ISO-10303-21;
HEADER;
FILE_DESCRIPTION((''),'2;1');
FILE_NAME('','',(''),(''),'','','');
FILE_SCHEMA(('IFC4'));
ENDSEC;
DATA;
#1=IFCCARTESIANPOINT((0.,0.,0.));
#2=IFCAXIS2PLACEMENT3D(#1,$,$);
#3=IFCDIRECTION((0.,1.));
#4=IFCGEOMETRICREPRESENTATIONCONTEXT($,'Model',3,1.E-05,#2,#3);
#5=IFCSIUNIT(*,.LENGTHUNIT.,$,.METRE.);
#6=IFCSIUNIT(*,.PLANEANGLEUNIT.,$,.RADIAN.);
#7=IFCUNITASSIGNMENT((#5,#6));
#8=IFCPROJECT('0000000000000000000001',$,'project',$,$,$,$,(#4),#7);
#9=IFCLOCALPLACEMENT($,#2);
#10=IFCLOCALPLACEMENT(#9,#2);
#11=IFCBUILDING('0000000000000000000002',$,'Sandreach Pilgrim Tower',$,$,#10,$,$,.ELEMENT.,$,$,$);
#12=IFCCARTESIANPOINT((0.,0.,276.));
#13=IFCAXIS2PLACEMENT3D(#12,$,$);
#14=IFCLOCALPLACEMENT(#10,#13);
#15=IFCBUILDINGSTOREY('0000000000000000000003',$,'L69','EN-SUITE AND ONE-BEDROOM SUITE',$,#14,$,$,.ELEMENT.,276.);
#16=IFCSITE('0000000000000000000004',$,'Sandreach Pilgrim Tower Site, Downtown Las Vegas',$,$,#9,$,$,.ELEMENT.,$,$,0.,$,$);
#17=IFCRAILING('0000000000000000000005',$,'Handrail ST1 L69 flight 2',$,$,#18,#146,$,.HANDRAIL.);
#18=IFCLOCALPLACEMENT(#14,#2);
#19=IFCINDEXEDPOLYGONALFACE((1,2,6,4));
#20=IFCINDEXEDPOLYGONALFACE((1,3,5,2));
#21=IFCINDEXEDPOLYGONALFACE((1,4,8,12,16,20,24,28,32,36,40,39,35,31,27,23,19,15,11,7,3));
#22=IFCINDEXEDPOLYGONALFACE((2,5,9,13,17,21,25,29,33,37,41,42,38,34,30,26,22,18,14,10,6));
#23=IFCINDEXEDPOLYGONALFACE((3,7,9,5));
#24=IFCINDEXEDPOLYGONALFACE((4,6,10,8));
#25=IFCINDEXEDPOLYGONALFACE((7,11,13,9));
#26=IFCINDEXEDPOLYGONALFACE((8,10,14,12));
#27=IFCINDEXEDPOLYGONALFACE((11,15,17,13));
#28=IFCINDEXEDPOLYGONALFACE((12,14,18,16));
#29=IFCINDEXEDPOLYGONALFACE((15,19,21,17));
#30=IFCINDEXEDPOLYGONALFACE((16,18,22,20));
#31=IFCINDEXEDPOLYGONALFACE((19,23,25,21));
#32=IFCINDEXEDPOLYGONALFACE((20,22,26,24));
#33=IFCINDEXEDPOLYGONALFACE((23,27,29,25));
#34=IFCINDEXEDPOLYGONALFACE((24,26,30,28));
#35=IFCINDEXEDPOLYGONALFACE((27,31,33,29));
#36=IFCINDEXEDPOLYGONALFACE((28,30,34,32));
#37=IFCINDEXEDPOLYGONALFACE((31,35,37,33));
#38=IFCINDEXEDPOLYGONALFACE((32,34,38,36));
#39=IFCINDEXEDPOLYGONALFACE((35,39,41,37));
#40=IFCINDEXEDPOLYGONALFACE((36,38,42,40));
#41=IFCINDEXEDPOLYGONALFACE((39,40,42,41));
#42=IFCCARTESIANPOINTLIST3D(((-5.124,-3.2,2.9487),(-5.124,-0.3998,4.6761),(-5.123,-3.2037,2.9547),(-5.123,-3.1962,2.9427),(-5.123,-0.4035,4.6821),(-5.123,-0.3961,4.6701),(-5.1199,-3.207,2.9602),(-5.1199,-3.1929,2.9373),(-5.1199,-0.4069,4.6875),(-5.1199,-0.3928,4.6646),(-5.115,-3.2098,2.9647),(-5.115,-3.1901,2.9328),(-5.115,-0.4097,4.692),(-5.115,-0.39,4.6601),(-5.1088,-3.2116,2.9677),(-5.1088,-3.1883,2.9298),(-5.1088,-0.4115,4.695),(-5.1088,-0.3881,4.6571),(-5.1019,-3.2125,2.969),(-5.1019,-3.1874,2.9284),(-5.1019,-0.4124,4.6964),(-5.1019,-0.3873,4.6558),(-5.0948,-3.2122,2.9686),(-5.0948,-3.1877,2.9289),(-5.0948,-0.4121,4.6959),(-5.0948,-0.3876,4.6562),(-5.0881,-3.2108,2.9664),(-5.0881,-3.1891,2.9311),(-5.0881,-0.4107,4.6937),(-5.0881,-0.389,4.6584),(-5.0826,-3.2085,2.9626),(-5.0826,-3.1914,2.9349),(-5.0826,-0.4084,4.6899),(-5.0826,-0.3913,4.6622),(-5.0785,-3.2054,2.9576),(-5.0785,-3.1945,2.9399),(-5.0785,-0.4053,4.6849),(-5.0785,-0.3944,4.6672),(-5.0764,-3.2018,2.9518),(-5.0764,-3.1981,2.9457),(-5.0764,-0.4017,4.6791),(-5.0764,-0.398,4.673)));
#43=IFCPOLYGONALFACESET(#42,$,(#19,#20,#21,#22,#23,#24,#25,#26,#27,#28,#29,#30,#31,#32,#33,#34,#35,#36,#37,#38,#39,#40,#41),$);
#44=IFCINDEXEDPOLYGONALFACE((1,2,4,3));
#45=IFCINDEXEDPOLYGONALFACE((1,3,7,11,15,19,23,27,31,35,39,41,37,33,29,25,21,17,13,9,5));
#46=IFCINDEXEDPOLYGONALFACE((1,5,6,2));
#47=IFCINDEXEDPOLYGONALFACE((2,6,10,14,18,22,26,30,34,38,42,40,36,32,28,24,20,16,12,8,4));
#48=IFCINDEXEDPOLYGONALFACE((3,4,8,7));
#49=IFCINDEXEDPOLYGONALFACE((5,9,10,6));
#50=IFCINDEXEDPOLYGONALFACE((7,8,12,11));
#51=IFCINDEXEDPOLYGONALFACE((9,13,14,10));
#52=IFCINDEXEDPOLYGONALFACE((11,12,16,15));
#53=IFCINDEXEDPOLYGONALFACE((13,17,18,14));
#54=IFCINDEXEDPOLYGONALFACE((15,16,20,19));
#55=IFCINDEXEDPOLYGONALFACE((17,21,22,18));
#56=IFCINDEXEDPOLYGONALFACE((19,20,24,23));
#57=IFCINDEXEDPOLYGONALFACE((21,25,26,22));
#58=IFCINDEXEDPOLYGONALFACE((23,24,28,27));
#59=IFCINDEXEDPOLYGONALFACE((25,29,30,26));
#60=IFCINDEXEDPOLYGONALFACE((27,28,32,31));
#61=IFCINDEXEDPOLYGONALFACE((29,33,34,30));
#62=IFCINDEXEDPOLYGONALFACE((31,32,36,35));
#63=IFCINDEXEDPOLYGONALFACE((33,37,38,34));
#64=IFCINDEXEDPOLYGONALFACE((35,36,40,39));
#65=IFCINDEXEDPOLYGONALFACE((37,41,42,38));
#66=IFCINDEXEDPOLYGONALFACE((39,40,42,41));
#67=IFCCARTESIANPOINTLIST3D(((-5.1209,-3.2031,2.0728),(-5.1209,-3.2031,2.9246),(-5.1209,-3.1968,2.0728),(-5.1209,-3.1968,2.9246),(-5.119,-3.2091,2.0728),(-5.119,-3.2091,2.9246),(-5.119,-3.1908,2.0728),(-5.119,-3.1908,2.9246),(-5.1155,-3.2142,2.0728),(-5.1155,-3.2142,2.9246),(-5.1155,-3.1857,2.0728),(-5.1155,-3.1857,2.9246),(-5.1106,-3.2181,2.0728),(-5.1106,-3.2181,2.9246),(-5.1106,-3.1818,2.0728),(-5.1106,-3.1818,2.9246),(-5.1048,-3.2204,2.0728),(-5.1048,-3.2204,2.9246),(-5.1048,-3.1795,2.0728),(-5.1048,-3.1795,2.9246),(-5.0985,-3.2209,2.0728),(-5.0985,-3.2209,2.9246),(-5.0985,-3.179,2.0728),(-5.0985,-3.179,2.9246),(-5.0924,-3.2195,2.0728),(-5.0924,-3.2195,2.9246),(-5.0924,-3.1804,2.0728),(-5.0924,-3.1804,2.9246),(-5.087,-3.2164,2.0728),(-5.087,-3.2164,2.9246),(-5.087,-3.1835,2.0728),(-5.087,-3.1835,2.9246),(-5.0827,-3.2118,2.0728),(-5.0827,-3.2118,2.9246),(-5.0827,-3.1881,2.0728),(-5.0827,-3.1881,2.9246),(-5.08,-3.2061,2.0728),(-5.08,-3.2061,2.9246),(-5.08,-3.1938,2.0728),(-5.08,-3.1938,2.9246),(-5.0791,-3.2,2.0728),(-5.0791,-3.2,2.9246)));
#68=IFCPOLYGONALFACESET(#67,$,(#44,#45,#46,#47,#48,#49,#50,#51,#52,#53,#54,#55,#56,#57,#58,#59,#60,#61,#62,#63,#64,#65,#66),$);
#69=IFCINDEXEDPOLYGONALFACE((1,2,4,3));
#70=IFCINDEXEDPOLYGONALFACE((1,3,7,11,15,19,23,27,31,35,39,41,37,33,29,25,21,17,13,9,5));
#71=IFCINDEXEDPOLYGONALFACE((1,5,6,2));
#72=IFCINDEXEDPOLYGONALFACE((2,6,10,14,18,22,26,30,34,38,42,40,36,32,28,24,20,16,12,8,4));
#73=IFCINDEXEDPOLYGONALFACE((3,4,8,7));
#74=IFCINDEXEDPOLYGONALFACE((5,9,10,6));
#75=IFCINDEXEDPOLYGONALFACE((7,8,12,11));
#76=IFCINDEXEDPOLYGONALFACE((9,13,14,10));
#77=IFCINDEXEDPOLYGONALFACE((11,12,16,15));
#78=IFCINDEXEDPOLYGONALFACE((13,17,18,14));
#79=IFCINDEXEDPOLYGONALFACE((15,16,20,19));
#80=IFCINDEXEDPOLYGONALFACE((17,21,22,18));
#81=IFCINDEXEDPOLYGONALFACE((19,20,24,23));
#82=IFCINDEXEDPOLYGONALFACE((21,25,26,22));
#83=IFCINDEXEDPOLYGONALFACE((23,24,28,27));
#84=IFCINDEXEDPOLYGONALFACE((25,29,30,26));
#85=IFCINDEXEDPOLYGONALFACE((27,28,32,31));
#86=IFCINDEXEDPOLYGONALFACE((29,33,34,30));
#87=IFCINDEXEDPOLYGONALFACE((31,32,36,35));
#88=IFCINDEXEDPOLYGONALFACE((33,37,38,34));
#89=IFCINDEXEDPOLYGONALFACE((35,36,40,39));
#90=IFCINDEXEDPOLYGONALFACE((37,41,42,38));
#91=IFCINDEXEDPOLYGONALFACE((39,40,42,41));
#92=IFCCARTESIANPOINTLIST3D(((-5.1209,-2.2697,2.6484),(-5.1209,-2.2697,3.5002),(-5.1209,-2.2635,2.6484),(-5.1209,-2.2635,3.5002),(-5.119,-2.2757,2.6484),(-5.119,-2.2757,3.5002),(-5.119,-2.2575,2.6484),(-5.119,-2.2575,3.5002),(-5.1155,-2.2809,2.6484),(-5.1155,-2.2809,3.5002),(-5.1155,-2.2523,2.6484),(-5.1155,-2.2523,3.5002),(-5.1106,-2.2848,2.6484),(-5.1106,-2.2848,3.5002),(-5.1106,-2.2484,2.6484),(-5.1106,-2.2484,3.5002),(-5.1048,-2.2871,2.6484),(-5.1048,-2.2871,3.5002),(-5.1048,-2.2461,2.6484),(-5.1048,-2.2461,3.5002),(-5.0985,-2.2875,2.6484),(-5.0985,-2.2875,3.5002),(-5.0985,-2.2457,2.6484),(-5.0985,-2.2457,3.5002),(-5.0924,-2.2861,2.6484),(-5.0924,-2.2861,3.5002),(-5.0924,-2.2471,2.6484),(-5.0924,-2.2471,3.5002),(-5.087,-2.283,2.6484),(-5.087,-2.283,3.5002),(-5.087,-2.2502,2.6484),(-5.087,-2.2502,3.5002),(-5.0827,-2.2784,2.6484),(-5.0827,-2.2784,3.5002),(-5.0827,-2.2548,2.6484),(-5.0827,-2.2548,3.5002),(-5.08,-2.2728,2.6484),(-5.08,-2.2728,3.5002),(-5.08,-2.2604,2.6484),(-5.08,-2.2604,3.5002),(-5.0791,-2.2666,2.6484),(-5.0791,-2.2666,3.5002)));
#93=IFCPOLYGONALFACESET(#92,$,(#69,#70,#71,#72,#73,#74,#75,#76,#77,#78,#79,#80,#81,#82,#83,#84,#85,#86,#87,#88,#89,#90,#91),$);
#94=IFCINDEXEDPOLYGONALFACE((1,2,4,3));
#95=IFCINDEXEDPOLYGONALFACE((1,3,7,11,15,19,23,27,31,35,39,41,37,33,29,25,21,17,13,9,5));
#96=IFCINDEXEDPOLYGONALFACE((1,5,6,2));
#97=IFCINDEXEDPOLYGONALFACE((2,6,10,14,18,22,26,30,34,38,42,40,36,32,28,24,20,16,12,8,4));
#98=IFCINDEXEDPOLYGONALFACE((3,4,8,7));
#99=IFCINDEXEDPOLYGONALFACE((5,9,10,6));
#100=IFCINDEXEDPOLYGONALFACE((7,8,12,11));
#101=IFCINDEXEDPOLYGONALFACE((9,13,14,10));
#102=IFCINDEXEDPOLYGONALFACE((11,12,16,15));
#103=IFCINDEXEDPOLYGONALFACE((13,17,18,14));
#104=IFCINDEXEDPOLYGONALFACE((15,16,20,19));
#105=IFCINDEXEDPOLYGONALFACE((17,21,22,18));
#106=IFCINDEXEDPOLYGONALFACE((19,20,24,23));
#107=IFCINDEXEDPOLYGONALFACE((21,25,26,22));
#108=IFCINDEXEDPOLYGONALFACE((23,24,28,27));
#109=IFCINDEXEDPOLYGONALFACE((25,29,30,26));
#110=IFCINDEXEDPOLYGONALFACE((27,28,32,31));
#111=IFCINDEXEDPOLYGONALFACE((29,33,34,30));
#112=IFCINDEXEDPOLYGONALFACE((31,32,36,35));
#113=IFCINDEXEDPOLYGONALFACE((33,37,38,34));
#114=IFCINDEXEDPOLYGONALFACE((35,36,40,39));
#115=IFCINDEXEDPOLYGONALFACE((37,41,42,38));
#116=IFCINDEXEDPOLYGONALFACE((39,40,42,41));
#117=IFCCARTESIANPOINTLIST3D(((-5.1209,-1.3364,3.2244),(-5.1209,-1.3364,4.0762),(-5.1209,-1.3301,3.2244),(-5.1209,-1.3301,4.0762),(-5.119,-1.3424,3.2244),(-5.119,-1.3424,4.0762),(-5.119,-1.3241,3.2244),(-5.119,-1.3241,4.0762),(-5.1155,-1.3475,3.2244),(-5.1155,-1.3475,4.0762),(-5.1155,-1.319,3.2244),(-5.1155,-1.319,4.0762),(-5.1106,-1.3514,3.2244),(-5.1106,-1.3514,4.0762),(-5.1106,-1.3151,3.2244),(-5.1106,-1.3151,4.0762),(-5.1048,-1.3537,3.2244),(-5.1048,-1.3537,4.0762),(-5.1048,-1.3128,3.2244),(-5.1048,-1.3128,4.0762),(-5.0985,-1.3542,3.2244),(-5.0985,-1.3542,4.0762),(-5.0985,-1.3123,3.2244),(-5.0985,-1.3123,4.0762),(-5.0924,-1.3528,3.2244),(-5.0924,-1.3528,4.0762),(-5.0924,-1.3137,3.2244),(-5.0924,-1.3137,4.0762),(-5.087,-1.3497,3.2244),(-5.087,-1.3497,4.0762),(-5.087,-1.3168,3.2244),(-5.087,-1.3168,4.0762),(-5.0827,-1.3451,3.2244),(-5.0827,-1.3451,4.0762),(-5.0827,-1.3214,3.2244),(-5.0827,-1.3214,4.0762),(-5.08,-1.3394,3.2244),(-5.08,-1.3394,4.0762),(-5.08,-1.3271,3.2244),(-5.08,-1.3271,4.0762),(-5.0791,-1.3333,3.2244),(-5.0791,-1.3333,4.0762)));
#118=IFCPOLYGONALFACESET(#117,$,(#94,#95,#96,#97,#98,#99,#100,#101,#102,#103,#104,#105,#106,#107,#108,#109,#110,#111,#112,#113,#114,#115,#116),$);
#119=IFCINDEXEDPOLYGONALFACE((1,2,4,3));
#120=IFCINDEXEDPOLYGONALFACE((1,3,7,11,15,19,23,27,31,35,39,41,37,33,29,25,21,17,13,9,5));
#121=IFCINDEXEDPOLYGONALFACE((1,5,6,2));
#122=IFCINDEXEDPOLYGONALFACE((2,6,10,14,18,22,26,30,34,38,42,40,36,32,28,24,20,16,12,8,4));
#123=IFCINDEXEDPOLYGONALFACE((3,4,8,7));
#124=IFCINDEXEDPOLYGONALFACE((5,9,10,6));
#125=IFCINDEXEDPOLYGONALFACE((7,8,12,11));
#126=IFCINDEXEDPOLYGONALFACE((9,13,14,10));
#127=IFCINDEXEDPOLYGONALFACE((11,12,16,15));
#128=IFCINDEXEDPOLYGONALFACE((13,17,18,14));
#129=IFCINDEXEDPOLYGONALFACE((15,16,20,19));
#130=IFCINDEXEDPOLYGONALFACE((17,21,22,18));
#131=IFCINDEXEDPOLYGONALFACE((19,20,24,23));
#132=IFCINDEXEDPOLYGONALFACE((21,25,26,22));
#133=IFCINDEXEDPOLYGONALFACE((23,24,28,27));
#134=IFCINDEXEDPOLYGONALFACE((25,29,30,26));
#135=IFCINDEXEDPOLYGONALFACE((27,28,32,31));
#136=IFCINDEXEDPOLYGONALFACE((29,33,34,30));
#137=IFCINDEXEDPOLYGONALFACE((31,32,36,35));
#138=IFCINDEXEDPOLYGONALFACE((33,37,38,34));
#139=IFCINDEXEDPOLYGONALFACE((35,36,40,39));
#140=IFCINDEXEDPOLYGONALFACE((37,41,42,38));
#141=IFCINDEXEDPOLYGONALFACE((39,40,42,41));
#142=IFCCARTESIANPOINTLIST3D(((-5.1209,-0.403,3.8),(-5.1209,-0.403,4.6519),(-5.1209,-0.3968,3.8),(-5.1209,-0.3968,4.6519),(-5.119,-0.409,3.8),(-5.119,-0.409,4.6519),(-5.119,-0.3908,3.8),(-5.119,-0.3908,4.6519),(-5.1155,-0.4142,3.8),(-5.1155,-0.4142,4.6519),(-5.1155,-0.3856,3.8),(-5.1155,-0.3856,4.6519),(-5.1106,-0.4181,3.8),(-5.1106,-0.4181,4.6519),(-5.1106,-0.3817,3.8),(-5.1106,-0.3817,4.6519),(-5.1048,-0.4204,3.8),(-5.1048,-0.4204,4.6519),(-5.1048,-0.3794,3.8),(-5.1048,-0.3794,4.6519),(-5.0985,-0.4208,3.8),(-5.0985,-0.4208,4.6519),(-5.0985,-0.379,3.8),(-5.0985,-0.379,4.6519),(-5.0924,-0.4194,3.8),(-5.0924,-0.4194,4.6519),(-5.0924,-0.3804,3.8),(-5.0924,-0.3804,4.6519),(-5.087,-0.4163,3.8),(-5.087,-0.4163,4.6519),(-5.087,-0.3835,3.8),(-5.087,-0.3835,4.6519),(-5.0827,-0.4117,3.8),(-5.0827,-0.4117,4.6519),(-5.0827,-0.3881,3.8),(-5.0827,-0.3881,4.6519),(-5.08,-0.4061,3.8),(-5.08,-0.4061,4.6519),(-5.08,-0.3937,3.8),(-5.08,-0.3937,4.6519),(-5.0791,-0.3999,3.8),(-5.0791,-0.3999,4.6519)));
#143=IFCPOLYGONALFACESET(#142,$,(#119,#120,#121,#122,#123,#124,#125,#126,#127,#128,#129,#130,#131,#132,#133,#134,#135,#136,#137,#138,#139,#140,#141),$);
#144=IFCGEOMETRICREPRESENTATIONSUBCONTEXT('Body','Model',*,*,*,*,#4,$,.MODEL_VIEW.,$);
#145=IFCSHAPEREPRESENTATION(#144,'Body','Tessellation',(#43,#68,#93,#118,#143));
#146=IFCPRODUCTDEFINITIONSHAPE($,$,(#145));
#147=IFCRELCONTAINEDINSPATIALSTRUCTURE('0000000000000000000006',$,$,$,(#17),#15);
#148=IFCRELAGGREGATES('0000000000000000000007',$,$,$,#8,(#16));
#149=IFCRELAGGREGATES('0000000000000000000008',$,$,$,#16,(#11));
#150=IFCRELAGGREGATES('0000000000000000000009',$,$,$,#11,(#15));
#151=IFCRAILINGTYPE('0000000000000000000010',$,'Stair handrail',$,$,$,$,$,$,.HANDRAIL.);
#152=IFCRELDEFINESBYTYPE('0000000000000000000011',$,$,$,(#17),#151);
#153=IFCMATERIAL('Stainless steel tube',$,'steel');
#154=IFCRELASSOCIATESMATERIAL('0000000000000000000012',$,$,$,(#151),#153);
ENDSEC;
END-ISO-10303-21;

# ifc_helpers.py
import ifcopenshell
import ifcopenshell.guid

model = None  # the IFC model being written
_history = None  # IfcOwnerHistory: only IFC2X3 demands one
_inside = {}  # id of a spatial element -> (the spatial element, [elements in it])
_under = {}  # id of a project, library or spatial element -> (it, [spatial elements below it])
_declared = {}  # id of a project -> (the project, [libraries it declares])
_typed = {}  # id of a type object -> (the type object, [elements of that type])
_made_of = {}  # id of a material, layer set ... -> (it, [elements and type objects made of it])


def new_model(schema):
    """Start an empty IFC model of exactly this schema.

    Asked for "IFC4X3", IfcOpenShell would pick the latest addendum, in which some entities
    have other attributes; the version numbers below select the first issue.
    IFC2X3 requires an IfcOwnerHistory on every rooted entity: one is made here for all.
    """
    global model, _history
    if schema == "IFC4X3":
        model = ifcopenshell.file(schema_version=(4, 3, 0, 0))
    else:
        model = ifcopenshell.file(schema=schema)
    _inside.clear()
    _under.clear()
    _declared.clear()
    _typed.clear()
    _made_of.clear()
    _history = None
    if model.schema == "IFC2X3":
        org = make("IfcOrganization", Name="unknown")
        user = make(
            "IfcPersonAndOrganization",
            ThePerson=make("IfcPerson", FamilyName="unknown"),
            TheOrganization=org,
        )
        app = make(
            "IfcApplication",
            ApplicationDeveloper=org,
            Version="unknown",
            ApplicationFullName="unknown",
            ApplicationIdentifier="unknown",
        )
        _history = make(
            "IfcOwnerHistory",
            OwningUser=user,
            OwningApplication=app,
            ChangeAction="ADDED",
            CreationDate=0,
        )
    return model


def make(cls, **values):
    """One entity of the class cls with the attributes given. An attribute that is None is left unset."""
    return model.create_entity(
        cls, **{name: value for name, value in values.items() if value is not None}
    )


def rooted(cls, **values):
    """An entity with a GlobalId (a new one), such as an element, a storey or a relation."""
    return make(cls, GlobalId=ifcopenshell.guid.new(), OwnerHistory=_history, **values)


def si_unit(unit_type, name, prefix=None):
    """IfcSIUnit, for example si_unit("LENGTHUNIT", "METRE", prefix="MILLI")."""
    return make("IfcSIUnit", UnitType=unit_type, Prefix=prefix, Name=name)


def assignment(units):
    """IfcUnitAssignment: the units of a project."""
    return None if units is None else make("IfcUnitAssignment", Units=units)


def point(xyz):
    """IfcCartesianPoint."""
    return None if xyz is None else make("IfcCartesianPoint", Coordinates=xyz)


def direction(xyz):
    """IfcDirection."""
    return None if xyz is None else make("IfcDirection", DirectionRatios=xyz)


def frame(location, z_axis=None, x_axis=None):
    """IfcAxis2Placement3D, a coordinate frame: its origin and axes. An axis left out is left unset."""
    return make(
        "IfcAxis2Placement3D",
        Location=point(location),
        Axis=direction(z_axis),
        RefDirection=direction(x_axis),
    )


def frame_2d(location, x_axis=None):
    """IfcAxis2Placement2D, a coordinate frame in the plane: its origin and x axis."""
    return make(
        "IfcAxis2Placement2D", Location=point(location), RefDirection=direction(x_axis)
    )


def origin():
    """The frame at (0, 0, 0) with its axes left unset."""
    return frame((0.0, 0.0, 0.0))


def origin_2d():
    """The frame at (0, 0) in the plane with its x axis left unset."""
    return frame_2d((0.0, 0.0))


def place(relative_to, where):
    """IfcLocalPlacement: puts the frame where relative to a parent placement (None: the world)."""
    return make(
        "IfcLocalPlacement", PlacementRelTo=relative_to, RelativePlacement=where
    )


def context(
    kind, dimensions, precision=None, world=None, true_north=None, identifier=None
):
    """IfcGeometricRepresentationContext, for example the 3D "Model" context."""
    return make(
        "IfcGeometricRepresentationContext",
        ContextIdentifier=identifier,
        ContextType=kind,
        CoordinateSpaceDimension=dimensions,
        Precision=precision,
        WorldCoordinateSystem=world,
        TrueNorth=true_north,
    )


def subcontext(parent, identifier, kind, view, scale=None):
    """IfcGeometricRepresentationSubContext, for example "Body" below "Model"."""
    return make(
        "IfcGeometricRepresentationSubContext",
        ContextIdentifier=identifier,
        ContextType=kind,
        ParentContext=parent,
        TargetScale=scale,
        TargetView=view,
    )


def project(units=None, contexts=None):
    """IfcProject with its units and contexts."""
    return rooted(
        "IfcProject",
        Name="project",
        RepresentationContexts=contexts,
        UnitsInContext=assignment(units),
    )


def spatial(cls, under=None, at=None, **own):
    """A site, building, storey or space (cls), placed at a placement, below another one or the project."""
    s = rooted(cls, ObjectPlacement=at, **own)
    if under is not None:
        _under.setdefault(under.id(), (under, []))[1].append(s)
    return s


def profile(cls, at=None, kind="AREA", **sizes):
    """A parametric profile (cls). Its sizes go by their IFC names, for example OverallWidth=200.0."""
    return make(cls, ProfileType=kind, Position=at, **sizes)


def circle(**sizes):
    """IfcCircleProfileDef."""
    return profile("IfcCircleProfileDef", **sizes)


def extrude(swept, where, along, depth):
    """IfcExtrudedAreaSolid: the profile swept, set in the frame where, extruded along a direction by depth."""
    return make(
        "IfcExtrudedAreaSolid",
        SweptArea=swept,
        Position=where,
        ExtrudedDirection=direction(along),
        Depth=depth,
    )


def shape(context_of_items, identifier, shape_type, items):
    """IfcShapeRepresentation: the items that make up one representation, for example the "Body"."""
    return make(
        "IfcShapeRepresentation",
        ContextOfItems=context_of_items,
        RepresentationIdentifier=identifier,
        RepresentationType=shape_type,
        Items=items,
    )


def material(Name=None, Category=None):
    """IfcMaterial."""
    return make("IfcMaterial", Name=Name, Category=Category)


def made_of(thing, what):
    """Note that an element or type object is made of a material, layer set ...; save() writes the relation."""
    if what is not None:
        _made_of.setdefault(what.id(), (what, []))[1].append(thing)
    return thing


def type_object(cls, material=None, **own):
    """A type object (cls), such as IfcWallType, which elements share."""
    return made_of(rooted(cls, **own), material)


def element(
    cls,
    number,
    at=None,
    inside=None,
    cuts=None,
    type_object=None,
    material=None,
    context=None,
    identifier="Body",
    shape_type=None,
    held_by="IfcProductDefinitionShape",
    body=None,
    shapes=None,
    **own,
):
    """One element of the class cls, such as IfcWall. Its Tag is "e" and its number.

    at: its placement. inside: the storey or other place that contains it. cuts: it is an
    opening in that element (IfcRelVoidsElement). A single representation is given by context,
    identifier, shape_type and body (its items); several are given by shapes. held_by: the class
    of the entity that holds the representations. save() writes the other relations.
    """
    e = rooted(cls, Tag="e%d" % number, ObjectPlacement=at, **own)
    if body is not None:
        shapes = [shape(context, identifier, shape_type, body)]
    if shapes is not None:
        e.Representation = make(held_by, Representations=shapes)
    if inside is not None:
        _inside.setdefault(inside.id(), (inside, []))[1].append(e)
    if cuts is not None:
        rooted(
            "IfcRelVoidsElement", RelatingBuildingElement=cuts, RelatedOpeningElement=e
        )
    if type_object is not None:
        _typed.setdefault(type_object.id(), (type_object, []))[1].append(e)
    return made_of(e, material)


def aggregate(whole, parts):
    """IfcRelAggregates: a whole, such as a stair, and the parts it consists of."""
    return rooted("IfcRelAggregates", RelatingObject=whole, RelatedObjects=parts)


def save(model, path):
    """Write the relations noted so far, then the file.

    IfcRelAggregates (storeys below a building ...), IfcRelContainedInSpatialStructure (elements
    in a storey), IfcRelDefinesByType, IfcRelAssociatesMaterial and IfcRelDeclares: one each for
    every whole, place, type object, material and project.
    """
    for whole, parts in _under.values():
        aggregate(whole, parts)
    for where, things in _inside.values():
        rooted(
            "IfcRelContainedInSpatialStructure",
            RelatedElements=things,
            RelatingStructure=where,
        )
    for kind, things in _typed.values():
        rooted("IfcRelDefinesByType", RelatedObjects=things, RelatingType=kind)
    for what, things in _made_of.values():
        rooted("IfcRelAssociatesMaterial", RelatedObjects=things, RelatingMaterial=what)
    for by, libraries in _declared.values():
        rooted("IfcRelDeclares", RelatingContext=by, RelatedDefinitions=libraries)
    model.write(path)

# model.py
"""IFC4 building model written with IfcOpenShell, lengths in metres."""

from ifc_helpers import new_model, si_unit, direction, frame, origin, origin_2d, place, context, subcontext, project, spatial, circle, extrude, material, type_object, element, save


model = new_model("IFC4")

# Units and contexts
model_context = context("Model", 3, precision=1e-05, world=origin(), true_north=direction((0.0, 1.0)))
body_context = subcontext(model_context, "Body", "Model", "MODEL_VIEW")
ifc_project = project(units=[si_unit("LENGTHUNIT", "METRE"), si_unit("PLANEANGLEUNIT", "RADIAN")], contexts=[model_context])

# Site, building, storey
site_placement = place(None, origin())
site = spatial("IfcSite", under=ifc_project, at=site_placement, Name="Sandreach Pilgrim Tower Site, Downtown Las Vegas", CompositionType="ELEMENT", RefElevation=0.0)
building_placement = place(site_placement, origin())
building = spatial("IfcBuilding", under=site, at=building_placement, Name="Sandreach Pilgrim Tower", CompositionType="ELEMENT")
storey_placement = place(building_placement, frame((0.0, 0.0, 276.0)))
storey = spatial("IfcBuildingStorey", under=building, at=storey_placement, Name="L69", Description="EN-SUITE AND ONE-BEDROOM SUITE", CompositionType="ELEMENT", Elevation=276.0)

# Railing
ifc_material_1 = material(Name="Stainless steel tube", Category="steel")
railing_type = type_object("IfcRailingType", Name="Stair handrail", PredefinedType="HANDRAIL", material=ifc_material_1)
for number, where, name in (
    (1, (-5.1001, -3.2, 2.0728), "Handrail ST1 L69 flight 2"),
):
    element("IfcRailing", number, at=place(storey_placement, frame(where)), inside=storey, type_object=railing_type, Name=name, PredefinedType="HANDRAIL", context=body_context, shape_type="SweptSolid", body=[
        extrude(circle(Radius=0.0239, at=origin_2d()), frame((0.0, 0.0, 0.876), z_axis=(0.0, 0.85109, 0.52502), x_axis=(-1.0, 0.0, 0.0)), (0.0, 0.0, 1.0), 3.29),
        extrude(circle(Radius=0.021, at=origin_2d()), origin(), (0.0, 0.0, 1.0), 0.8518),
        extrude(circle(Radius=0.021, at=origin_2d()), frame((0.0, 0.9333, 0.5757)), (0.0, 0.0, 1.0), 0.8518),
        extrude(circle(Radius=0.021, at=origin_2d()), frame((0.0, 1.8667, 1.1516)), (0.0, 0.0, 1.0), 0.8518),
        extrude(circle(Radius=0.021, at=origin_2d()), frame((0.0, 2.8, 1.7273)), (0.0, 0.0, 1.0), 0.8518),
    ])

save(model, "model.ifc")
